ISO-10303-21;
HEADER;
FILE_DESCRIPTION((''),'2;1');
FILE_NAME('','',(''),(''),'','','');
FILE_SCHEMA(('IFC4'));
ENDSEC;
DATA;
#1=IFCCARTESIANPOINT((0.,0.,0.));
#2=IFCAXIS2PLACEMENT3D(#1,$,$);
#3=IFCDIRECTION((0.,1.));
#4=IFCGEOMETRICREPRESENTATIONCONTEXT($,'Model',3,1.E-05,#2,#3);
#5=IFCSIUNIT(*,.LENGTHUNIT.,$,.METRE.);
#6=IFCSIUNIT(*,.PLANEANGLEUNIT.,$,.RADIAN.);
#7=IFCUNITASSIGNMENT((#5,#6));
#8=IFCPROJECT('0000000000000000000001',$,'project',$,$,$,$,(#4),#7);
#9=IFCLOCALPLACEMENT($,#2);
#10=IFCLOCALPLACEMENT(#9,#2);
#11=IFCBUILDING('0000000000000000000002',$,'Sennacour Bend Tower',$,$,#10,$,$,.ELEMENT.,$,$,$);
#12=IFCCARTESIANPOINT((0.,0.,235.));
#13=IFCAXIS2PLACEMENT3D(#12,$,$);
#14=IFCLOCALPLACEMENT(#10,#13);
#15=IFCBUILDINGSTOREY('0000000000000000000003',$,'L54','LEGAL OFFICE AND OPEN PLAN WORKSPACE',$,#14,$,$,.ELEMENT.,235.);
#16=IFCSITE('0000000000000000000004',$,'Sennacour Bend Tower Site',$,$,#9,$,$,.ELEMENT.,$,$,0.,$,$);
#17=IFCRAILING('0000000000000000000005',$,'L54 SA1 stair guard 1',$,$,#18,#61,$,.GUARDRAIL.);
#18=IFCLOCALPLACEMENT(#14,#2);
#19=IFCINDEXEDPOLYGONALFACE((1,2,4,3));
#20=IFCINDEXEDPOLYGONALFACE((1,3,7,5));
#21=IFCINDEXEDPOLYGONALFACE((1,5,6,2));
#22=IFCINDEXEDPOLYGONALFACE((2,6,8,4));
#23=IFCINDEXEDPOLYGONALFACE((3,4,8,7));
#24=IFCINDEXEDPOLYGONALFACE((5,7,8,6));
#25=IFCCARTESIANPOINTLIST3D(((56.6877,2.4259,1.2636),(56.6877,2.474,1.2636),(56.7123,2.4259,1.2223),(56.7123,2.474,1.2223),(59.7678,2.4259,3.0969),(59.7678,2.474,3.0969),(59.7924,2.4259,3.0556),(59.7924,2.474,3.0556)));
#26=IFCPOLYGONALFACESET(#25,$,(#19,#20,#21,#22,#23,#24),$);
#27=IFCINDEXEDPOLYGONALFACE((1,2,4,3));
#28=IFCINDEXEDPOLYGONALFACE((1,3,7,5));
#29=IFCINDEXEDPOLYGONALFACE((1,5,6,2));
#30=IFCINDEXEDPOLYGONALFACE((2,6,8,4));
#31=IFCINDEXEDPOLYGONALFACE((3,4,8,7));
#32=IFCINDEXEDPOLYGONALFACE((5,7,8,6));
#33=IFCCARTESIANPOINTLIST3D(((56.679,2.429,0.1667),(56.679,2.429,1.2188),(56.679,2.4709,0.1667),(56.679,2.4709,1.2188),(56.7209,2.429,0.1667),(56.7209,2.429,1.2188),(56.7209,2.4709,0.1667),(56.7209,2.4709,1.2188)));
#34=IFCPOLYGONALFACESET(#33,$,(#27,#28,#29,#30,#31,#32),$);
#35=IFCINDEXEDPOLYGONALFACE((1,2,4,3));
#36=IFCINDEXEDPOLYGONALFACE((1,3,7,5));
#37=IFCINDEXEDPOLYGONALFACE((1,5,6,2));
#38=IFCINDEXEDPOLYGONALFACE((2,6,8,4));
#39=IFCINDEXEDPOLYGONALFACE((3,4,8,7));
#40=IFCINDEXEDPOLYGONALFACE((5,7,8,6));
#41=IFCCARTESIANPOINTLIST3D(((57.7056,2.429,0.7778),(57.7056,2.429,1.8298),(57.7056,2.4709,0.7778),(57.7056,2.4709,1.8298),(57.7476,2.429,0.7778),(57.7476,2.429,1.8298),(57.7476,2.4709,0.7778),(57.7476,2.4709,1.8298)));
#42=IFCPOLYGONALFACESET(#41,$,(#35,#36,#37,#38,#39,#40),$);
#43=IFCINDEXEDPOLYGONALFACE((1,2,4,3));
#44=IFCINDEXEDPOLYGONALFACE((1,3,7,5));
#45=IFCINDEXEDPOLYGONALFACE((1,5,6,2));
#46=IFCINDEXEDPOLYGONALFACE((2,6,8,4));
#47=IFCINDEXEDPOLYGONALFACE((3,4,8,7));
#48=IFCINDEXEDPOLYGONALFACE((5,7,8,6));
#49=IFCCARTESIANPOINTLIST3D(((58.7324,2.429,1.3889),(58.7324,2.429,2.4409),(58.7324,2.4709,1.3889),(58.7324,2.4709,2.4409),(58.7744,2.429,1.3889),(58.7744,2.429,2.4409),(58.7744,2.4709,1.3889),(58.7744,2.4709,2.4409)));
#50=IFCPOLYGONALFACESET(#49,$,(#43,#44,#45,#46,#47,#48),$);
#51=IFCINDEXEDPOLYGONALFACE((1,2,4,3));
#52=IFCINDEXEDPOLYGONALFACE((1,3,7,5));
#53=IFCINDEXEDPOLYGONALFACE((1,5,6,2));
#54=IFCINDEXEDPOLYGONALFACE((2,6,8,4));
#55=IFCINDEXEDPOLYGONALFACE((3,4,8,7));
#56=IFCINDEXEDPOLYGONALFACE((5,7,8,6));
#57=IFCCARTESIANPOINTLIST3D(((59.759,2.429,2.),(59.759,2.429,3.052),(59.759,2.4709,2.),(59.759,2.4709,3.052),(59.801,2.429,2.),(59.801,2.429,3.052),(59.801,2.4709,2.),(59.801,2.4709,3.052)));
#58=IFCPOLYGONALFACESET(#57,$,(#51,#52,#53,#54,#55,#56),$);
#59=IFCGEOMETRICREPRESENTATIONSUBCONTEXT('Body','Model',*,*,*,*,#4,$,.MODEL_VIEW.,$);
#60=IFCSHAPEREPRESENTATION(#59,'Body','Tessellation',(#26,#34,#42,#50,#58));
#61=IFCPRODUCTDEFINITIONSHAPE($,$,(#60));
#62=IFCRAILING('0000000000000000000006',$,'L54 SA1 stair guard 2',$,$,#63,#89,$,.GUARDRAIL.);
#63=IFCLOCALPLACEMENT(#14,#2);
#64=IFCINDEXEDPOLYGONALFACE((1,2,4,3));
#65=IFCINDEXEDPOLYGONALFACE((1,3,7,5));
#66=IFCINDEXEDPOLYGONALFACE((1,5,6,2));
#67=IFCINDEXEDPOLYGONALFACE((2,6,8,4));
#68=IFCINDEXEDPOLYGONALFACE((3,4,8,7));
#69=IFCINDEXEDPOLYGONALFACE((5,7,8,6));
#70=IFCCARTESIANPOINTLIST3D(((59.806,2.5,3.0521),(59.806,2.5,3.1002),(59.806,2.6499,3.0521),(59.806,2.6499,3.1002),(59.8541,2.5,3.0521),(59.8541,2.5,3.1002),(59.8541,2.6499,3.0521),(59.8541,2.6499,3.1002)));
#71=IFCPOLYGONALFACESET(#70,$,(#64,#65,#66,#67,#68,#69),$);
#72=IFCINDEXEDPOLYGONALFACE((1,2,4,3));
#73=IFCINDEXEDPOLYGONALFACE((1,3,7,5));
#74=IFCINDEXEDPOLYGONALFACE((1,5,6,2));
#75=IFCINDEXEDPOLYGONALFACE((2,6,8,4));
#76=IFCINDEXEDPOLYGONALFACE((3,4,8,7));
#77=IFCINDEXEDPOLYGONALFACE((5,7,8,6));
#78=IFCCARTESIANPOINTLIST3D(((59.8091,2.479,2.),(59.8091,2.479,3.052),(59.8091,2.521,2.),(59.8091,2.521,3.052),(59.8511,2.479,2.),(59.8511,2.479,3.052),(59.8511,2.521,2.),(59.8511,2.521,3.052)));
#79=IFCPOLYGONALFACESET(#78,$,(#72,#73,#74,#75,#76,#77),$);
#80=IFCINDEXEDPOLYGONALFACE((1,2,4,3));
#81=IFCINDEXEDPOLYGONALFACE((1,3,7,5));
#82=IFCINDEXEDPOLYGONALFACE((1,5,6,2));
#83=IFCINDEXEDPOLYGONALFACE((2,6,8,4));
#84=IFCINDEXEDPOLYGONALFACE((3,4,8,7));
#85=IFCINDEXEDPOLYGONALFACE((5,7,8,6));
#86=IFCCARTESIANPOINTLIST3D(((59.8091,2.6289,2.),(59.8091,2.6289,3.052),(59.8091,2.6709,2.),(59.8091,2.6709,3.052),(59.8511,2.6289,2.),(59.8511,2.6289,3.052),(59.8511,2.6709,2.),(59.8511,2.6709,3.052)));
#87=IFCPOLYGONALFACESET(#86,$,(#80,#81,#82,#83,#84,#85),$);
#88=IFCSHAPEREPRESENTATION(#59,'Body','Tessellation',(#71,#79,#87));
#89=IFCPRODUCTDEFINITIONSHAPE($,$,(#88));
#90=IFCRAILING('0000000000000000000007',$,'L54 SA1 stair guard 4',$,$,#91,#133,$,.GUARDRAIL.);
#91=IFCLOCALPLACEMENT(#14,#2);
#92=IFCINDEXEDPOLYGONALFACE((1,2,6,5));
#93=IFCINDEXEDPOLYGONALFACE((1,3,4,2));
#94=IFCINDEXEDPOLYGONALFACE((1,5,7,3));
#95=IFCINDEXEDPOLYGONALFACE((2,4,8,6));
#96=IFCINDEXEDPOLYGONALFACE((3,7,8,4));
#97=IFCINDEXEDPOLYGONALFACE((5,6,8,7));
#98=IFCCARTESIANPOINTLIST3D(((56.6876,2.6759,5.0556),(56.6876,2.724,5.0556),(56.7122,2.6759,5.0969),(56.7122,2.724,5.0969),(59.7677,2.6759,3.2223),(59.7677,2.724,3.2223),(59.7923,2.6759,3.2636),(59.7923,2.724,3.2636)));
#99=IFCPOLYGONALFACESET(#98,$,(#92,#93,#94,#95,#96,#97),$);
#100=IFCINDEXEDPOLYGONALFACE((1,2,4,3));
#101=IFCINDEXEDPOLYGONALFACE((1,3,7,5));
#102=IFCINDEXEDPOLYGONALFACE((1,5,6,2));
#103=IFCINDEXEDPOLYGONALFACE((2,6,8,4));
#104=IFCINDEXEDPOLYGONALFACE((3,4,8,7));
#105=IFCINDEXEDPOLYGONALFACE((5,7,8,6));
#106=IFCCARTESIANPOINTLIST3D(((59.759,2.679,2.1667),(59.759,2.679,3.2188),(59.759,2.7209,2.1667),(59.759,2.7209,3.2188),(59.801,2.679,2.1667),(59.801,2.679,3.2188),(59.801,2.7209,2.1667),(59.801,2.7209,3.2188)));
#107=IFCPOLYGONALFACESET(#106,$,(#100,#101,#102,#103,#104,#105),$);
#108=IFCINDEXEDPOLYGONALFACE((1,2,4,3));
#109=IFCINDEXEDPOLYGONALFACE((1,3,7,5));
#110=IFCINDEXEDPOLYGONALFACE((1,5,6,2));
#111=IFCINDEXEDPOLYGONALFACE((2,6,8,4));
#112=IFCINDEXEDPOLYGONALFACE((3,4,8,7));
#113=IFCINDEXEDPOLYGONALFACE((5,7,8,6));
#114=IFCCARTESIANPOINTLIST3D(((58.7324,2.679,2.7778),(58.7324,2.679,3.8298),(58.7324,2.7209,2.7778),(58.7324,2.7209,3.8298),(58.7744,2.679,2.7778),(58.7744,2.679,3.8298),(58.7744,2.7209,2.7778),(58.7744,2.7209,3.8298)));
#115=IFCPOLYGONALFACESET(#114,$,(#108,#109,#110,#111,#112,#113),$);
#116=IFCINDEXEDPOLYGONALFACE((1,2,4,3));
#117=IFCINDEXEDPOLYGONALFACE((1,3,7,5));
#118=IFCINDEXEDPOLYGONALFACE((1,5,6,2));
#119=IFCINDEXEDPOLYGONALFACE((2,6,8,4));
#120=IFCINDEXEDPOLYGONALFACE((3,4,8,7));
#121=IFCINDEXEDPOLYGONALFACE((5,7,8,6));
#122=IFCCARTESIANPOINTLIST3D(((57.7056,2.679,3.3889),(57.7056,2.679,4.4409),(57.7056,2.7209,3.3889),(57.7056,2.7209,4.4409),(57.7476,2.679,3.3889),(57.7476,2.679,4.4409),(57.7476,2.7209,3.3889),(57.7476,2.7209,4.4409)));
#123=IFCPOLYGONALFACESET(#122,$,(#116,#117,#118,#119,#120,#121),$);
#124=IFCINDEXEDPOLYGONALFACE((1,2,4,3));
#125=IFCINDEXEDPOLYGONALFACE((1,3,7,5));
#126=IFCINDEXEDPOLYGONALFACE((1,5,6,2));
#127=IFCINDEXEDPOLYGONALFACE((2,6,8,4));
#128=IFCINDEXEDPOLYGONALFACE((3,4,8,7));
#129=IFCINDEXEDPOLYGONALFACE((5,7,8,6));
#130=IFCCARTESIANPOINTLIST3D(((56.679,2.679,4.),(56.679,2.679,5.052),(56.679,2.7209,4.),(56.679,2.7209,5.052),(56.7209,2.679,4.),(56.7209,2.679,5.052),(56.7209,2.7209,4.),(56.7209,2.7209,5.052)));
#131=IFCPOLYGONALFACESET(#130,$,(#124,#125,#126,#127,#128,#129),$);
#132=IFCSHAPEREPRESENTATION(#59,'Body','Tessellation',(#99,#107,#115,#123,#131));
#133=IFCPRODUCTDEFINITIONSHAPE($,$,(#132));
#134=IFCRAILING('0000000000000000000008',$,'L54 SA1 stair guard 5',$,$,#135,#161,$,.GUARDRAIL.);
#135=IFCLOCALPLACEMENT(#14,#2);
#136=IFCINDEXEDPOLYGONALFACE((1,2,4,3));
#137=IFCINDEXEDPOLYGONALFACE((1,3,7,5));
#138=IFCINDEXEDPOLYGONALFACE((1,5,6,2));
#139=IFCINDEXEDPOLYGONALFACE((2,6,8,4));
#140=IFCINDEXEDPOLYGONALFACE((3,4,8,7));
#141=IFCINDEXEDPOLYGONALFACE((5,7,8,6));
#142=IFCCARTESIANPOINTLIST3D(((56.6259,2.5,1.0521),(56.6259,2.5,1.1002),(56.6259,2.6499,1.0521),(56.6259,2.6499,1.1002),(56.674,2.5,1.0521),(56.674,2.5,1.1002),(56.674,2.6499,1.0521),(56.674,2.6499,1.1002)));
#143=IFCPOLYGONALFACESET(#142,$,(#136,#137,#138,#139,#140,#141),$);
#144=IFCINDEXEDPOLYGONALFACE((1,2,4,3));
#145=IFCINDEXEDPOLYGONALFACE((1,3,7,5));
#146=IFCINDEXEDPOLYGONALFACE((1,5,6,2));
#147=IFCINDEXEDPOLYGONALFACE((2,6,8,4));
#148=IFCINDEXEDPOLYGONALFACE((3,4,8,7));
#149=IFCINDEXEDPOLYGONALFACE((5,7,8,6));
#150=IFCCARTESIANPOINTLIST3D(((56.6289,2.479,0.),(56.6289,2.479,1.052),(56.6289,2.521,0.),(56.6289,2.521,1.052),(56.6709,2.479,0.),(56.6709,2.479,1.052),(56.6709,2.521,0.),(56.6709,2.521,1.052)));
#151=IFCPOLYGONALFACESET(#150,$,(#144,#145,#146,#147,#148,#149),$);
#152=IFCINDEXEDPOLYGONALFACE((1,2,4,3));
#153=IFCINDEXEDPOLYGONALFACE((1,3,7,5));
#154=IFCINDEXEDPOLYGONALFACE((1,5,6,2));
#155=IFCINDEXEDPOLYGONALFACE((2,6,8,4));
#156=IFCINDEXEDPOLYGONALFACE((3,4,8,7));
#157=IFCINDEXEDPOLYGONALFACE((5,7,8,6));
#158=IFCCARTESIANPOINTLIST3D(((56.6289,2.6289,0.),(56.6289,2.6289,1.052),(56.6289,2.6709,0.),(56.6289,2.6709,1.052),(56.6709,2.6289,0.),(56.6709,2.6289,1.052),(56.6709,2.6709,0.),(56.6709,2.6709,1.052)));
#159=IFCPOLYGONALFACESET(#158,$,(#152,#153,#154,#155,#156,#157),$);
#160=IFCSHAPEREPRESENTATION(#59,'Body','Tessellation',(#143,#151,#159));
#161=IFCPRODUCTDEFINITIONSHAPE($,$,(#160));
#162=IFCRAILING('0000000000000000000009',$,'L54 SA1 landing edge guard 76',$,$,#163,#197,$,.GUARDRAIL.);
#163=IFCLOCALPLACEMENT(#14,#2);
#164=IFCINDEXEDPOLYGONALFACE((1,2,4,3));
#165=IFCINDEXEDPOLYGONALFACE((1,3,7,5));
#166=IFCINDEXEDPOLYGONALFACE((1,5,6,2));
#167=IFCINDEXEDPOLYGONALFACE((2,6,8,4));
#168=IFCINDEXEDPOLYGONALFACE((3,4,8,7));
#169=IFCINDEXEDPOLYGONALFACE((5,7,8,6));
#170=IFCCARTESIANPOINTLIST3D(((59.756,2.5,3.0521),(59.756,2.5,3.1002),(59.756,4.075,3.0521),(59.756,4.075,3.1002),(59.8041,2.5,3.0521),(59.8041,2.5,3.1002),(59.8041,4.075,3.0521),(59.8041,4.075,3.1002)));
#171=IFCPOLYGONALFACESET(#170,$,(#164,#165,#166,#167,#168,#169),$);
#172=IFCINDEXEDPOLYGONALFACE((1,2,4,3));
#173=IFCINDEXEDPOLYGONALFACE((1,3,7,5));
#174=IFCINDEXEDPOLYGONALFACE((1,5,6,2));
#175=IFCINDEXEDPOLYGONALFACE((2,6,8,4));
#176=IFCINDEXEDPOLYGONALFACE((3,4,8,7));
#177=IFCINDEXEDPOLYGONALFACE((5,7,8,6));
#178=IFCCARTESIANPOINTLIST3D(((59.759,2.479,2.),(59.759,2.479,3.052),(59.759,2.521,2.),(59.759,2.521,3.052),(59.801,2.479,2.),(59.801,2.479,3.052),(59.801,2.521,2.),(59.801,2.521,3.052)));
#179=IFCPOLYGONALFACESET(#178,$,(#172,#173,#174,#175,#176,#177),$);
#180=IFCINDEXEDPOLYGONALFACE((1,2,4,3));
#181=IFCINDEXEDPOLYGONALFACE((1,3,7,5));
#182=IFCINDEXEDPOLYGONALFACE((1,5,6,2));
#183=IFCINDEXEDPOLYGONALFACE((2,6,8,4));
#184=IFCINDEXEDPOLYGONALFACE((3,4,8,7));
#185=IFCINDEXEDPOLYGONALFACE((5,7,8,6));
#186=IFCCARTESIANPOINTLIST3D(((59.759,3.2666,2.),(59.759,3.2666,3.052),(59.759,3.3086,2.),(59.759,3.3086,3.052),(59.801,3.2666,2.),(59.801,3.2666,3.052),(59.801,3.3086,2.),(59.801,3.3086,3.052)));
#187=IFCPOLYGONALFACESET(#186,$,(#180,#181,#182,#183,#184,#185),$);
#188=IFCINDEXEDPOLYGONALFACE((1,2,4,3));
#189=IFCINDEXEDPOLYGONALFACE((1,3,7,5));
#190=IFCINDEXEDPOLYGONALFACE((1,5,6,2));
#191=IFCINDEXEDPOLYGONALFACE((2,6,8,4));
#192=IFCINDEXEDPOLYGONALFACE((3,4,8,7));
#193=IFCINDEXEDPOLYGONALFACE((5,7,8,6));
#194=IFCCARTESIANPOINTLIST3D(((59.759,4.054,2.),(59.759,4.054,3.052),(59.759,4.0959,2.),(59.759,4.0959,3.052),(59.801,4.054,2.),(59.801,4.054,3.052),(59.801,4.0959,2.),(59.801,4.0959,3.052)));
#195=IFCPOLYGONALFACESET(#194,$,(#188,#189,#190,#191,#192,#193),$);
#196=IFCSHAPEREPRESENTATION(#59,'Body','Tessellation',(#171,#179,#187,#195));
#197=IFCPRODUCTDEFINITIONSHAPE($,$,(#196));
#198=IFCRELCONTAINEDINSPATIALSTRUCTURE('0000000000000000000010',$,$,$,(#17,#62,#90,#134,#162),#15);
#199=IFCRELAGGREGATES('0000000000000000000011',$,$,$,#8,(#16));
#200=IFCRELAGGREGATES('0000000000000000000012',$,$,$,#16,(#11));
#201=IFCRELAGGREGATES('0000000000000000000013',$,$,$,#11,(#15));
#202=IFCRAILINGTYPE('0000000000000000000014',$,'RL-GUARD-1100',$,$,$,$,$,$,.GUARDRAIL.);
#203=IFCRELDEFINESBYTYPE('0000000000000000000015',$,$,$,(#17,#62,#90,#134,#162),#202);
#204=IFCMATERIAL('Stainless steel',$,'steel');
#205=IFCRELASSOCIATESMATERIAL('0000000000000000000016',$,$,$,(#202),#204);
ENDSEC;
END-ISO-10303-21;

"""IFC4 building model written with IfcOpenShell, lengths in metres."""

from ifc_helpers import new_model, si_unit, direction, frame, origin, origin_2d, place, context, subcontext, project, spatial, rectangle, extrude, material, type_object, element, save


model = new_model("IFC4")

# Units and contexts
model_context = context("Model", 3, precision=1e-05, world=origin(), true_north=direction((0.0, 1.0)))
body_context = subcontext(model_context, "Body", "Model", "MODEL_VIEW")
ifc_project = project(units=[si_unit("LENGTHUNIT", "METRE"), si_unit("PLANEANGLEUNIT", "RADIAN")], contexts=[model_context])

# Site, building, storey
site_placement = place(None, origin())
site = spatial("IfcSite", under=ifc_project, at=site_placement, Name="Sennacour Bend Tower Site", CompositionType="ELEMENT", RefElevation=0.0)
building_placement = place(site_placement, origin())
building = spatial("IfcBuilding", under=site, at=building_placement, Name="Sennacour Bend Tower", CompositionType="ELEMENT")
storey_placement = place(building_placement, frame((0.0, 0.0, 235.0)))
storey = spatial("IfcBuildingStorey", under=building, at=storey_placement, Name="L54", Description="LEGAL OFFICE AND OPEN PLAN WORKSPACE", CompositionType="ELEMENT", Elevation=235.0)

# Railings
ifc_material_1 = material(Name="Stainless steel", Category="steel")
railing_type_1 = type_object("IfcRailingType", Name="RL-GUARD-1100", PredefinedType="GUARDRAIL", material=ifc_material_1)
railing_1_placement = place(storey_placement, frame((56.7, 2.45, 0.1667)))
element("IfcRailing", 1, at=railing_1_placement, inside=storey, type_object=railing_type_1, Name="L54 SA1 stair guard 1", PredefinedType="GUARDRAIL", context=body_context, shape_type="SweptSolid", body=[
    extrude(rectangle(XDim=0.0481, YDim=0.0481, at=origin_2d()), frame((0.0, 0.0, 1.0762), z_axis=(0.859309, 0.0, 0.511458), x_axis=(0.0, 1.0, 0.0)), (0.0, 0.0, 1.0), 3.5845),
    extrude(rectangle(XDim=0.042, YDim=0.042, at=origin_2d()), origin(), (0.0, 0.0, 1.0), 1.052),
    extrude(rectangle(XDim=0.042, YDim=0.042, at=origin_2d()), frame((1.0266, 0.0, 0.6111)), (0.0, 0.0, 1.0), 1.052),
    extrude(rectangle(XDim=0.042, YDim=0.042, at=origin_2d()), frame((2.0535, 0.0, 1.2222)), (0.0, 0.0, 1.0), 1.052),
    extrude(rectangle(XDim=0.042, YDim=0.042, at=origin_2d()), frame((3.0801, 0.0, 1.8333)), (0.0, 0.0, 1.0), 1.052),
])
railing_2_placement = place(storey_placement, frame((59.8301, 2.5, 2.0)))
element("IfcRailing", 2, at=railing_2_placement, inside=storey, type_object=railing_type_1, Name="L54 SA1 stair guard 2", PredefinedType="GUARDRAIL", context=body_context, shape_type="SweptSolid", body=[
    extrude(rectangle(XDim=0.0481, YDim=0.0481, at=origin_2d()), frame((0.0, 0.0, 1.0762), z_axis=(0.0, 1.0, 0.0), x_axis=(-1.0, 0.0, 0.0)), (0.0, 0.0, 1.0), 0.1499),
    extrude(rectangle(XDim=0.042, YDim=0.042, at=origin_2d()), origin(), (0.0, 0.0, 1.0), 1.052),
    extrude(rectangle(XDim=0.042, YDim=0.042, at=origin_2d()), frame((0.0, 0.1499, 0.0)), (0.0, 0.0, 1.0), 1.052),
])
railing_3_placement = place(storey_placement, frame((59.78, 2.7, 2.1667)))
element("IfcRailing", 3, at=railing_3_placement, inside=storey, type_object=railing_type_1, Name="L54 SA1 stair guard 4", PredefinedType="GUARDRAIL", context=body_context, shape_type="SweptSolid", body=[
    extrude(rectangle(XDim=0.0481, YDim=0.0481, at=origin_2d()), frame((0.0, 0.0, 1.0762), z_axis=(-0.859309, 0.0, 0.511458), x_axis=(0.0, -1.0, 0.0)), (0.0, 0.0, 1.0), 3.5845),
    extrude(rectangle(XDim=0.042, YDim=0.042, at=origin_2d()), origin(), (0.0, 0.0, 1.0), 1.052),
    extrude(rectangle(XDim=0.042, YDim=0.042, at=origin_2d()), frame((-1.0266, 0.0, 0.6111)), (0.0, 0.0, 1.0), 1.052),
    extrude(rectangle(XDim=0.042, YDim=0.042, at=origin_2d()), frame((-2.0535, 0.0, 1.2222)), (0.0, 0.0, 1.0), 1.052),
    extrude(rectangle(XDim=0.042, YDim=0.042, at=origin_2d()), frame((-3.0801, 0.0, 1.8333)), (0.0, 0.0, 1.0), 1.052),
])
railing_4_placement = place(storey_placement, frame((56.6499, 2.5, 0.0)))
element("IfcRailing", 4, at=railing_4_placement, inside=storey, type_object=railing_type_1, Name="L54 SA1 stair guard 5", PredefinedType="GUARDRAIL", context=body_context, shape_type="SweptSolid", body=[
    extrude(rectangle(XDim=0.0481, YDim=0.0481, at=origin_2d()), frame((0.0, 0.0, 1.0762), z_axis=(0.0, 1.0, 0.0), x_axis=(-1.0, 0.0, 0.0)), (0.0, 0.0, 1.0), 0.1499),
    extrude(rectangle(XDim=0.042, YDim=0.042, at=origin_2d()), origin(), (0.0, 0.0, 1.0), 1.052),
    extrude(rectangle(XDim=0.042, YDim=0.042, at=origin_2d()), frame((0.0, 0.1499, 0.0)), (0.0, 0.0, 1.0), 1.052),
])
railing_5_placement = place(storey_placement, frame((59.78, 2.5, 2.0)))
element("IfcRailing", 5, at=railing_5_placement, inside=storey, type_object=railing_type_1, Name="L54 SA1 landing edge guard 76", PredefinedType="GUARDRAIL", context=body_context, shape_type="SweptSolid", body=[
    extrude(rectangle(XDim=0.0481, YDim=0.0481, at=origin_2d()), frame((0.0, 0.0, 1.0762), z_axis=(0.0, 1.0, 0.0), x_axis=(-1.0, 0.0, 0.0)), (0.0, 0.0, 1.0), 1.575),
    extrude(rectangle(XDim=0.042, YDim=0.042, at=origin_2d()), origin(), (0.0, 0.0, 1.0), 1.052),
    extrude(rectangle(XDim=0.042, YDim=0.042, at=origin_2d()), frame((0.0, 0.7876, 0.0)), (0.0, 0.0, 1.0), 1.052),
    extrude(rectangle(XDim=0.042, YDim=0.042, at=origin_2d()), frame((0.0, 1.575, 0.0)), (0.0, 0.0, 1.0), 1.052),
])

save(model, "model.ifc")
